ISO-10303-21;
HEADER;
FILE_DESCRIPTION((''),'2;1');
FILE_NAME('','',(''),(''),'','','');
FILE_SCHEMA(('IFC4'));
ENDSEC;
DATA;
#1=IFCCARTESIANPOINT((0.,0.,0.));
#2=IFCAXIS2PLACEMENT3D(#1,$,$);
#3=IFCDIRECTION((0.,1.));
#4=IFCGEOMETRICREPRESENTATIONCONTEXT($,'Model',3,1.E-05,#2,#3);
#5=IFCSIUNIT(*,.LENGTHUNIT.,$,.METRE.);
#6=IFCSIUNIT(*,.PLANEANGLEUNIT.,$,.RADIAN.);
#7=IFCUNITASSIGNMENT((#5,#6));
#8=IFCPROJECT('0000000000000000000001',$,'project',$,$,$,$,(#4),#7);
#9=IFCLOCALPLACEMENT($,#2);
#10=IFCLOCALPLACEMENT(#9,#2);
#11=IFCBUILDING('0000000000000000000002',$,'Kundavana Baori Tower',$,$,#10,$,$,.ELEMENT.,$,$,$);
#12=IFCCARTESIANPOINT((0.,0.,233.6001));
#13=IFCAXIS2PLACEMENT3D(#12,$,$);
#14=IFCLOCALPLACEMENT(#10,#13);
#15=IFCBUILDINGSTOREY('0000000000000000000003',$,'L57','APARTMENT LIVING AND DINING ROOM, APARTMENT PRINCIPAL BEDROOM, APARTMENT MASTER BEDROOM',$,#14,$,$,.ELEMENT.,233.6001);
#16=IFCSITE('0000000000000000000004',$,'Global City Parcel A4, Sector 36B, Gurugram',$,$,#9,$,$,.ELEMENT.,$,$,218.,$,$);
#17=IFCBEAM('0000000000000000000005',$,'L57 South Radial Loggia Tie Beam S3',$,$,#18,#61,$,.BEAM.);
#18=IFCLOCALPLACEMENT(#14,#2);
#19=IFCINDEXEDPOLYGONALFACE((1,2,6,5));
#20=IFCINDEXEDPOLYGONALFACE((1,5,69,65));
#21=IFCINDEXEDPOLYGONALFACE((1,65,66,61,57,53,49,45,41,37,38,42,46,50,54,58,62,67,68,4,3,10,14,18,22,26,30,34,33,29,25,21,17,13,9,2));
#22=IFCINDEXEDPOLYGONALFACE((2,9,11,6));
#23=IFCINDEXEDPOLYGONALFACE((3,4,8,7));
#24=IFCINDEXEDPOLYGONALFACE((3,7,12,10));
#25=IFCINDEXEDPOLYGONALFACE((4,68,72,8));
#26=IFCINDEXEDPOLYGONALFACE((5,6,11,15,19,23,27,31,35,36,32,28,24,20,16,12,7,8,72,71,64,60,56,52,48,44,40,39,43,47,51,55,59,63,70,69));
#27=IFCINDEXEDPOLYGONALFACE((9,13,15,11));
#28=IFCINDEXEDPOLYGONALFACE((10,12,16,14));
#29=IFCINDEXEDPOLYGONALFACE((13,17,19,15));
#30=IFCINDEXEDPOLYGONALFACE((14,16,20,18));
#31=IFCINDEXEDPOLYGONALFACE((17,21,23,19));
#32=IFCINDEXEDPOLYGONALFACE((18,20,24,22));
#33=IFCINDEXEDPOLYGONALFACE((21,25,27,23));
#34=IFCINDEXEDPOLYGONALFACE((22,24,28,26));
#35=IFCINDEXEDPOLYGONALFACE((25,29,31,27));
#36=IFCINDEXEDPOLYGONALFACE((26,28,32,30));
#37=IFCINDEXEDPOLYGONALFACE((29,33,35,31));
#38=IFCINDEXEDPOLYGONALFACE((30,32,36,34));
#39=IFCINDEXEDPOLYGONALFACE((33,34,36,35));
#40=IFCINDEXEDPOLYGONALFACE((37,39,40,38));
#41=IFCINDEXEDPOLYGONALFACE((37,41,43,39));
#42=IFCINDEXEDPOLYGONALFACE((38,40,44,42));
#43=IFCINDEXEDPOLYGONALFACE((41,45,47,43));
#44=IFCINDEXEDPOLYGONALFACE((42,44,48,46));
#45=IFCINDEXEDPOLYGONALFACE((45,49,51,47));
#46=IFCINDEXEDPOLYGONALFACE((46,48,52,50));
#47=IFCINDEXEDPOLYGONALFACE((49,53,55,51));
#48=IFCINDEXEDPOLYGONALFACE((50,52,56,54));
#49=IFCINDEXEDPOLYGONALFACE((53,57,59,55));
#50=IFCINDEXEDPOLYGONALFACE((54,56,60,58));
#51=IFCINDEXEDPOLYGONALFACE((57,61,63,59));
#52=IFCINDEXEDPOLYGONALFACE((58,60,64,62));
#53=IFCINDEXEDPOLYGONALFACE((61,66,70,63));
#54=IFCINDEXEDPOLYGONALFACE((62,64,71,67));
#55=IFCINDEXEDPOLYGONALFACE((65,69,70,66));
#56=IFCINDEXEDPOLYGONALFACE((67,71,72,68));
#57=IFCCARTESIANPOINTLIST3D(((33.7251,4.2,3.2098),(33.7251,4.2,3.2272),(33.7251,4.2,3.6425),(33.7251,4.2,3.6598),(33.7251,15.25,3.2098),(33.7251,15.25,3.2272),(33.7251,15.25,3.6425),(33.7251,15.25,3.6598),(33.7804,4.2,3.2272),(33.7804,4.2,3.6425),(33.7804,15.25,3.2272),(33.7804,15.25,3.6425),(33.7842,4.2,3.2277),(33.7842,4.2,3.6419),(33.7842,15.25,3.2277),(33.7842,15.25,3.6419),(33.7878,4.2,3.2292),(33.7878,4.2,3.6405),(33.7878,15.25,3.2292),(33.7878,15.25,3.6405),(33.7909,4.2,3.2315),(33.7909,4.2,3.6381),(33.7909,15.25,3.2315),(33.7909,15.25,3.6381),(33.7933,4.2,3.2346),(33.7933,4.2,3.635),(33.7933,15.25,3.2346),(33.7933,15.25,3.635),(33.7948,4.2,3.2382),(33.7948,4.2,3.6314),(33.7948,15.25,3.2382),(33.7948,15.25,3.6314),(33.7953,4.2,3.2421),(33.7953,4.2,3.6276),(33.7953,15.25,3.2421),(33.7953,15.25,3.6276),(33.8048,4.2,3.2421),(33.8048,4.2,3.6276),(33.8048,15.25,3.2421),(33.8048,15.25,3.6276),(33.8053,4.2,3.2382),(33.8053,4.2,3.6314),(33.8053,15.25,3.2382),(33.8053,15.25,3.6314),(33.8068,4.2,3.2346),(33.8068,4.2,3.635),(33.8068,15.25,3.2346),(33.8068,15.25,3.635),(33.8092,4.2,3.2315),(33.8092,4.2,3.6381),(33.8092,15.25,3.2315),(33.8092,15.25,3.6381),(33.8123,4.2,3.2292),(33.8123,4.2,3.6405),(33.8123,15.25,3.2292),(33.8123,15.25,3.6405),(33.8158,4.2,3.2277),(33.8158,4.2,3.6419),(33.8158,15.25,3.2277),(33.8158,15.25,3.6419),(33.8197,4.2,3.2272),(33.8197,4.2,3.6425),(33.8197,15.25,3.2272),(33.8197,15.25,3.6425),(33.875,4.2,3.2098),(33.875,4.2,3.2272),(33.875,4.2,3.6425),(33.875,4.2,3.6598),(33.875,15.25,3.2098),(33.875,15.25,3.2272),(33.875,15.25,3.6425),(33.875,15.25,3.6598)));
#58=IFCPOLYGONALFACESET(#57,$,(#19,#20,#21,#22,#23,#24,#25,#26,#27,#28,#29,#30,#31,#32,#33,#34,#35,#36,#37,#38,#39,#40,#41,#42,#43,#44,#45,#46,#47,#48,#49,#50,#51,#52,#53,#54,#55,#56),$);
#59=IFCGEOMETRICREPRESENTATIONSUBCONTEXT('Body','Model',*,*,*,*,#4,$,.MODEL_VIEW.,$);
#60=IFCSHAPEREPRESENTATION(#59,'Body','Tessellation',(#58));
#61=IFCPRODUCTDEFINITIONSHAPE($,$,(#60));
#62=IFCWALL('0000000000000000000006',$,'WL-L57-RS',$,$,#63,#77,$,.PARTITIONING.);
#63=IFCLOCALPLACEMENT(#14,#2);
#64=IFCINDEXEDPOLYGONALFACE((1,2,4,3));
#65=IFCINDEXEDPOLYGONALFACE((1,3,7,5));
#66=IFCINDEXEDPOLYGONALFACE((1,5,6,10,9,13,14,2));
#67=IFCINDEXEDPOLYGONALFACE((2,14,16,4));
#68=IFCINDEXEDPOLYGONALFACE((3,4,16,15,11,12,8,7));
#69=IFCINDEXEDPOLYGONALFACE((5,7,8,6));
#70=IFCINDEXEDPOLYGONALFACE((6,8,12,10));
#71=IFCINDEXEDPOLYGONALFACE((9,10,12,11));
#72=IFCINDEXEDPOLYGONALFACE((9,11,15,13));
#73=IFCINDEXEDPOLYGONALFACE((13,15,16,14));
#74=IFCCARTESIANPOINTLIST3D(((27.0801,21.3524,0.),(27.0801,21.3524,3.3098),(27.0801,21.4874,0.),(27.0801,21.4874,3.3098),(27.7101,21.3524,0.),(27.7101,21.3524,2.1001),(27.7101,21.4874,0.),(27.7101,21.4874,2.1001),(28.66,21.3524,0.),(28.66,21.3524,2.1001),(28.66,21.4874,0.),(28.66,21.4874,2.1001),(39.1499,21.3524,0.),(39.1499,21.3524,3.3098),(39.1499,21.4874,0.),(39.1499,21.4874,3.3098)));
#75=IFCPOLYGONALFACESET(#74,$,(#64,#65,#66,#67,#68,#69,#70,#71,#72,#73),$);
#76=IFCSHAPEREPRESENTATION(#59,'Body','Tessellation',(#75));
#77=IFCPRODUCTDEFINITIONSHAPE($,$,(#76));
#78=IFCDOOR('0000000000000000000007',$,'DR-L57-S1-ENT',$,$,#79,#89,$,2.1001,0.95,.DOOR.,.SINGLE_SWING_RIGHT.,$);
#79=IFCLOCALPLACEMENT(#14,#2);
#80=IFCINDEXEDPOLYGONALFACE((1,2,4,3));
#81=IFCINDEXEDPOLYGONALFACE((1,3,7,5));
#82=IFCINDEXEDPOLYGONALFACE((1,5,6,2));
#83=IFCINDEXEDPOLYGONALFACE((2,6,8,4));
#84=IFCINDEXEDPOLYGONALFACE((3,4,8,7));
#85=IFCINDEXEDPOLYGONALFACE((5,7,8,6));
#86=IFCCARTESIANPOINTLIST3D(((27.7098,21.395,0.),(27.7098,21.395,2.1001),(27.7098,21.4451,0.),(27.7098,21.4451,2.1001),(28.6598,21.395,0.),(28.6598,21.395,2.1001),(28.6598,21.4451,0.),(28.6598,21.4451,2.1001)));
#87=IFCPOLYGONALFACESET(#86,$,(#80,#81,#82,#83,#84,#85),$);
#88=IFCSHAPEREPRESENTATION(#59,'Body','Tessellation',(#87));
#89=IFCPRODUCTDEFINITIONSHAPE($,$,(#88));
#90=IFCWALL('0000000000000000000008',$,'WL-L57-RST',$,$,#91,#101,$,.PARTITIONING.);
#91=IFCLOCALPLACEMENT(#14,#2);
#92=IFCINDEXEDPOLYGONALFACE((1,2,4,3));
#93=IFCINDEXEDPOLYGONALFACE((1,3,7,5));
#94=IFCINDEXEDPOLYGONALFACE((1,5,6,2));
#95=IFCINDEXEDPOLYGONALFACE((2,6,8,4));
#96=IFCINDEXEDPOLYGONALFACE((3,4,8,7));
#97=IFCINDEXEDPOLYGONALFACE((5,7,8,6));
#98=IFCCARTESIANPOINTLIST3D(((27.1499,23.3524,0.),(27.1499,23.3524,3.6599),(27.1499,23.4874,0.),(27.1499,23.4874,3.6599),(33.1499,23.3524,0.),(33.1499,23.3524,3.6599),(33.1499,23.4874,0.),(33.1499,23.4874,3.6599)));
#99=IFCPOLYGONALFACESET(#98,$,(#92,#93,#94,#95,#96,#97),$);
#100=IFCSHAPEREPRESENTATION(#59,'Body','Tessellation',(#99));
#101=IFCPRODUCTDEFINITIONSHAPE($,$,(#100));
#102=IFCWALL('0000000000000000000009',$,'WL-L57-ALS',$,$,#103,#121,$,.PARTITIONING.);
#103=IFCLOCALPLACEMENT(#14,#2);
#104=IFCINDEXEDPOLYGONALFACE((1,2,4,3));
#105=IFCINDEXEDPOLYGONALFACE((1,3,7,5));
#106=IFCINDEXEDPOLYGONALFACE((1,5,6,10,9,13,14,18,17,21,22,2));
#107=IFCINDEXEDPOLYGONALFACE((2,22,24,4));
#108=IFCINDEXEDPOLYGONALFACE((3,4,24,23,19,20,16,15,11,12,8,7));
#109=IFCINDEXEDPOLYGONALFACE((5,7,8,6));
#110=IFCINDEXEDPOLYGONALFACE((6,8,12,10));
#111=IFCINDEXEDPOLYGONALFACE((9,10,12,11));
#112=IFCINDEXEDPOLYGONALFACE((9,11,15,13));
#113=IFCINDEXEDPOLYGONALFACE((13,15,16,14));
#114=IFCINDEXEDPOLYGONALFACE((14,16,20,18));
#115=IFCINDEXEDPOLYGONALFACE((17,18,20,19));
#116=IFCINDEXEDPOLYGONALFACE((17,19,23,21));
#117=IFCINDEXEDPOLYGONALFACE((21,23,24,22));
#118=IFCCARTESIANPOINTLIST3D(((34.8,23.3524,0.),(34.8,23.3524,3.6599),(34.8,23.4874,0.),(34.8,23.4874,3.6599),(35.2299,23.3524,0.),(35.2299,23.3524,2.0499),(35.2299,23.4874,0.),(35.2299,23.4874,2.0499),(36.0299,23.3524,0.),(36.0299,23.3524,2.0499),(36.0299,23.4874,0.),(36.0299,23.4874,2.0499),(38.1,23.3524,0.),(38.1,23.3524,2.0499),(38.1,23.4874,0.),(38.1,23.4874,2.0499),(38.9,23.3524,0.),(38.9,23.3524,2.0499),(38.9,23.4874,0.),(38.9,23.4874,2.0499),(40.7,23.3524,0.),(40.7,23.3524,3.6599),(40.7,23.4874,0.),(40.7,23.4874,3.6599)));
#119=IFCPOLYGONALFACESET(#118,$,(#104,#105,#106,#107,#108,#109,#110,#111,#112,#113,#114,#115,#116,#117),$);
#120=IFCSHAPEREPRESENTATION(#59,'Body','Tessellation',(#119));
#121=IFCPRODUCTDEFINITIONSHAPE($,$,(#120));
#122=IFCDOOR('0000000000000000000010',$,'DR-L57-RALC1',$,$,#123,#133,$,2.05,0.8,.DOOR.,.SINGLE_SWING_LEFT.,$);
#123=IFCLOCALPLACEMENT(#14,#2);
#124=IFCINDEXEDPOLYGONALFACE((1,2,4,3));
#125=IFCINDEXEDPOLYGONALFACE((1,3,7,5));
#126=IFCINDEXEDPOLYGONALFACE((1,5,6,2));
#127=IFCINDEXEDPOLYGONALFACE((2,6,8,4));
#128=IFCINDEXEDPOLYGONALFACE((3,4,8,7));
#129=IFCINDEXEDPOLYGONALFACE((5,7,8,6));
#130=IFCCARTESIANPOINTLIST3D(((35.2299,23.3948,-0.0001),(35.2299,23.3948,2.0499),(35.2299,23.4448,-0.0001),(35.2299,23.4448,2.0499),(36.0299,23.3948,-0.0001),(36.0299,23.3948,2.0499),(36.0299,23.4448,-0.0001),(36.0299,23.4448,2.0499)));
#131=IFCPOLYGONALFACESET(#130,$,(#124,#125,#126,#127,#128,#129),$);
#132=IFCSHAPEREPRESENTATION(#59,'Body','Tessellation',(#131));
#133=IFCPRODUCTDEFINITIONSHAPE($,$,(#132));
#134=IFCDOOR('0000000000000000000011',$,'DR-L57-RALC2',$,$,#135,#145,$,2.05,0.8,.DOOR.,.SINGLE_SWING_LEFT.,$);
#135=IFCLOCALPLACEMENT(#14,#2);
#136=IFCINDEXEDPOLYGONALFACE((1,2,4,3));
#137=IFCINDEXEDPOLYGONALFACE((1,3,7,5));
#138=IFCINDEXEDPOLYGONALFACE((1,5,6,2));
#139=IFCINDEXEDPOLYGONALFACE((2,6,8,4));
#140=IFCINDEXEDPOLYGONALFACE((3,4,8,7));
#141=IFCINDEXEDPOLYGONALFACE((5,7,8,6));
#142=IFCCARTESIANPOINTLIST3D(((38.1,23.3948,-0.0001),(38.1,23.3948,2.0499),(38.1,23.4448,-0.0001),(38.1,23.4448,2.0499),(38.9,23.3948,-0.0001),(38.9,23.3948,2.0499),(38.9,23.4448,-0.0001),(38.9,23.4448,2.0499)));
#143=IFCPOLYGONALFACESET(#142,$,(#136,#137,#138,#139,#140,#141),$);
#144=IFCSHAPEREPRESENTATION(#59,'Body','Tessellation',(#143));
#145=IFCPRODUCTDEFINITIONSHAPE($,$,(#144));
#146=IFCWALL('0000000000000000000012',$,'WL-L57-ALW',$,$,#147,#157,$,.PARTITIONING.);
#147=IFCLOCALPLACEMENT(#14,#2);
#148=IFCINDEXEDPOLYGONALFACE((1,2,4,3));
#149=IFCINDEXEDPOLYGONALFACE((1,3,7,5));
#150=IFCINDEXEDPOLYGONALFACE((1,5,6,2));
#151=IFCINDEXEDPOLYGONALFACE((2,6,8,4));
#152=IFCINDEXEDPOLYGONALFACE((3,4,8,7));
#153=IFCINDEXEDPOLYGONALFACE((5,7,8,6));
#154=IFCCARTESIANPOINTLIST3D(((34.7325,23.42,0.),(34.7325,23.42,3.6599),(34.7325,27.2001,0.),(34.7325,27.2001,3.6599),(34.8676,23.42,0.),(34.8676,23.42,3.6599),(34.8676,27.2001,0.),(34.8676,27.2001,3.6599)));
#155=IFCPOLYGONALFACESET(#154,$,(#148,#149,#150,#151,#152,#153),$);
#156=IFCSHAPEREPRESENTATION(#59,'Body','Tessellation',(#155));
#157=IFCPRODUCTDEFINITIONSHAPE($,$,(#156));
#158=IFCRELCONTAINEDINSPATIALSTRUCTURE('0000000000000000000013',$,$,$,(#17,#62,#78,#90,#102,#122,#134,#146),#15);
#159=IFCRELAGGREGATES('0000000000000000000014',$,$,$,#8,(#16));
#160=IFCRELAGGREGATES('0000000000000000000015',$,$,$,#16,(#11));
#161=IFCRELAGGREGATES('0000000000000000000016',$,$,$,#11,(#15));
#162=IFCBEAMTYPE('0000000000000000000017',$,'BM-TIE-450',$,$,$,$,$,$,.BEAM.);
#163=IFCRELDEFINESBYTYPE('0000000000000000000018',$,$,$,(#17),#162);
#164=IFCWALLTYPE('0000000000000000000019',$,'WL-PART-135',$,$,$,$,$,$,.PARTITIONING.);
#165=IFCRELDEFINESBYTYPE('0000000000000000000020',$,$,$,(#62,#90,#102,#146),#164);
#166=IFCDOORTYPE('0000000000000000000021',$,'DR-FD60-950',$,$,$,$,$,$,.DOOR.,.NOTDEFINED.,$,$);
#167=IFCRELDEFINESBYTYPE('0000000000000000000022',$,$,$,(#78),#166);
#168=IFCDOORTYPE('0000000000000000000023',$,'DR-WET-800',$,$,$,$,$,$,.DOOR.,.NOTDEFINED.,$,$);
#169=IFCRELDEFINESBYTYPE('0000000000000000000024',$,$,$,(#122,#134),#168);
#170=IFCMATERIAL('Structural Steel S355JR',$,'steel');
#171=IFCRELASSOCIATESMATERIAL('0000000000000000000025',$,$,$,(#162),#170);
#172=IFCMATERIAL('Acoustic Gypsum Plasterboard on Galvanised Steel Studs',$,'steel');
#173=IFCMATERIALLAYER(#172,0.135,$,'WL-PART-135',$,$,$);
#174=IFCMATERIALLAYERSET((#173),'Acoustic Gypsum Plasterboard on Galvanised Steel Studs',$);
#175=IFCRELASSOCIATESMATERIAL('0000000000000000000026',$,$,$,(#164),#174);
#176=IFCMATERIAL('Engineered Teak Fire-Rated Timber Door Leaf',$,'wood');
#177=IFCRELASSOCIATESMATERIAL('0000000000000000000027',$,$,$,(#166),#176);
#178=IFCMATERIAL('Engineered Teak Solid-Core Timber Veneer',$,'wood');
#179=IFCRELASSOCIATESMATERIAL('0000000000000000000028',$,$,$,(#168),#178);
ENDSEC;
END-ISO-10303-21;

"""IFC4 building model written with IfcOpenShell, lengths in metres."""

from ifc_helpers import new_model, si_unit, direction, frame, frame_2d, origin, origin_2d, place, context, subcontext, project, spatial, rectangle, i_section, extrude, material, layer, layer_set, material_profile, profile_set, type_object, element, fill, save


model = new_model("IFC4")

# Units and contexts
model_context = context("Model", 3, precision=1e-05, world=origin(), true_north=direction((0.0, 1.0)))
body_context = subcontext(model_context, "Body", "Model", "MODEL_VIEW")
ifc_project = project(units=[si_unit("LENGTHUNIT", "METRE"), si_unit("PLANEANGLEUNIT", "RADIAN")], contexts=[model_context])

# Site, building, storey
site_placement = place(None, origin())
site = spatial("IfcSite", under=ifc_project, at=site_placement, Name="Global City Parcel A4, Sector 36B, Gurugram", CompositionType="ELEMENT", RefElevation=218.0)
building_placement = place(site_placement, origin())
building = spatial("IfcBuilding", under=site, at=building_placement, Name="Kundavana Baori Tower", CompositionType="ELEMENT")
storey_placement = place(building_placement, frame((0.0, 0.0, 233.6001)))
storey = spatial("IfcBuildingStorey", under=building, at=storey_placement, Name="L57", Description="APARTMENT LIVING AND DINING ROOM, APARTMENT PRINCIPAL BEDROOM, APARTMENT MASTER BEDROOM", CompositionType="ELEMENT", Elevation=233.6001)

# Beam
ifc_material_1 = material(Name="Structural Steel S355JR", Category="steel")
ifc_material_profile_1 = material_profile(ifc_material_1, i_section(OverallWidth=0.1499, OverallDepth=0.45, WebThickness=0.0095, FlangeThickness=0.0173, FilletRadius=0.0149, at=origin_2d()), Name="ISMB 450")
ifc_profile_set_1 = profile_set([ifc_material_profile_1], Name="Structural Steel S355JR")
beam_type_1 = type_object("IfcBeamType", Name="BM-TIE-450", PredefinedType="BEAM", material=ifc_profile_set_1)
beam_1_placement = place(storey_placement, frame((33.8, 15.25, 3.4348), z_axis=(0.0, -1.0, 0.0), x_axis=(1.0, 0.0, 0.0)))
element("IfcBeam", 1, at=beam_1_placement, inside=storey, type_object=beam_type_1, Name="L57 South Radial Loggia Tie Beam S3", PredefinedType="BEAM", context=body_context, shape_type="SweptSolid", body=[
    extrude(i_section(OverallWidth=0.1499, OverallDepth=0.45, WebThickness=0.0095, FlangeThickness=0.0173, FilletRadius=0.0149, at=origin_2d()), origin(), (0.0, 0.0, 1.0), 11.05),
])

# Wall, opening, door
ifc_material_2 = material(Name="Acoustic Gypsum Plasterboard on Galvanised Steel Studs", Category="steel")
ifc_layer = layer(ifc_material_2, 0.135, Name="WL-PART-135")
ifc_layer_set = layer_set([ifc_layer], Name="Acoustic Gypsum Plasterboard on Galvanised Steel Studs")
wall_type = type_object("IfcWallType", Name="WL-PART-135", PredefinedType="PARTITIONING", material=ifc_layer_set)
wall_1_placement = place(storey_placement, frame((27.0801, 21.4199, 0.0), z_axis=(0.0, 0.0, 1.0), x_axis=(1.0, 0.0, 0.0)))
wall_1 = element("IfcWall", 2, at=wall_1_placement, inside=storey, type_object=wall_type, Name="WL-L57-RS", PredefinedType="PARTITIONING", context=body_context, shape_type="SweptSolid", body=[
    extrude(rectangle(XDim=12.0698, YDim=0.135, at=frame_2d((6.0349, 0.0))), origin(), (0.0, 0.0, 1.0), 3.3098),
])
opening_1_placement = place(wall_1_placement, frame((0.6299, 0.0, 0.0)))
opening_1 = element("IfcOpeningElement", 3, at=opening_1_placement, cuts=wall_1, PredefinedType="OPENING", context=body_context, shape_type="SweptSolid", body=[
    extrude(rectangle(XDim=0.95, YDim=2.1001, at=frame_2d((0.4751, 1.05))), frame((0.0, 0.0776, 0.0), z_axis=(0.0, -1.0, 0.0), x_axis=(1.0, 0.0, 0.0)), (0.0, 0.0, 1.0), 0.155),
])
ifc_material_3 = material(Name="Engineered Teak Fire-Rated Timber Door Leaf", Category="wood")
door_type_1 = type_object("IfcDoorType", Name="DR-FD60-950", OperationType="NOTDEFINED", PredefinedType="DOOR", material=ifc_material_3)
door_1_placement = place(opening_1_placement, frame((0.95, 0.0, 0.0), z_axis=(0.0, 0.0, 1.0), x_axis=(-1.0, 0.0, 0.0)))
door_1 = element("IfcDoor", 4, at=door_1_placement, inside=storey, type_object=door_type_1, Name="DR-L57-S1-ENT", OperationType="SINGLE_SWING_RIGHT", OverallHeight=2.1001, OverallWidth=0.95, PredefinedType="DOOR", context=body_context, shape_type="SweptSolid", body=[
    extrude(rectangle(XDim=0.95, YDim=2.1001, at=frame_2d((0.4751, 1.05))), frame((0.0, 0.0249, 0.0), z_axis=(0.0, -1.0, 0.0), x_axis=(1.0, 0.0, 0.0)), (0.0, 0.0, 1.0), 0.05),
])
fill(opening_1, door_1)

# Wall
wall_2_placement = place(storey_placement, frame((27.1499, 23.4199, 0.0), z_axis=(0.0, 0.0, 1.0), x_axis=(1.0, 0.0, 0.0)))
element("IfcWall", 5, at=wall_2_placement, inside=storey, type_object=wall_type, Name="WL-L57-RST", PredefinedType="PARTITIONING", context=body_context, shape_type="SweptSolid", body=[
    extrude(rectangle(XDim=6.0, YDim=0.135, at=frame_2d((3.0, 0.0))), origin(), (0.0, 0.0, 1.0), 3.6599),
])

# Wall, openings, doors
wall_3_placement = place(storey_placement, frame((34.8, 23.4199, 0.0), z_axis=(0.0, 0.0, 1.0), x_axis=(1.0, 0.0, 0.0)))
wall_3 = element("IfcWall", 6, at=wall_3_placement, inside=storey, type_object=wall_type, Name="WL-L57-ALS", PredefinedType="PARTITIONING", context=body_context, shape_type="SweptSolid", body=[
    extrude(rectangle(XDim=5.8999, YDim=0.135, at=frame_2d((2.95, 0.0))), origin(), (0.0, 0.0, 1.0), 3.6599),
])
opening_2_placement = place(wall_3_placement, frame((0.4299, 0.0, 0.0)))
opening_2 = element("IfcOpeningElement", 7, at=opening_2_placement, cuts=wall_3, PredefinedType="OPENING", context=body_context, shape_type="SweptSolid", body=[
    extrude(rectangle(XDim=0.8, YDim=2.05, at=frame_2d((0.3999, 1.0249))), frame((0.0, 0.0776, 0.0), z_axis=(0.0, -1.0, 0.0), x_axis=(1.0, 0.0, 0.0)), (0.0, 0.0, 1.0), 0.155),
])
opening_3_placement = place(wall_3_placement, frame((3.3, 0.0, 0.0)))
opening_3 = element("IfcOpeningElement", 8, at=opening_3_placement, cuts=wall_3, PredefinedType="OPENING", context=body_context, shape_type="SweptSolid", body=[
    extrude(rectangle(XDim=0.8, YDim=2.05, at=frame_2d((0.3999, 1.0249))), frame((0.0, 0.0776, 0.0), z_axis=(0.0, -1.0, 0.0), x_axis=(1.0, 0.0, 0.0)), (0.0, 0.0, 1.0), 0.155),
])
ifc_material_4 = material(Name="Engineered Teak Solid-Core Timber Veneer", Category="wood")
door_type_2 = type_object("IfcDoorType", Name="DR-WET-800", OperationType="NOTDEFINED", PredefinedType="DOOR", material=ifc_material_4)
door_2_placement = place(opening_2_placement, origin())
door_2 = element("IfcDoor", 9, at=door_2_placement, inside=storey, type_object=door_type_2, Name="DR-L57-RALC1", OperationType="SINGLE_SWING_LEFT", OverallHeight=2.05, OverallWidth=0.8, PredefinedType="DOOR", context=body_context, shape_type="SweptSolid", body=[
    extrude(rectangle(XDim=0.8, YDim=2.05, at=frame_2d((0.3999, 1.0249))), frame((0.0, 0.0249, 0.0), z_axis=(0.0, -1.0, 0.0), x_axis=(1.0, 0.0, 0.0)), (0.0, 0.0, 1.0), 0.05),
])
fill(opening_2, door_2)
door_3_placement = place(opening_3_placement, origin())
door_3 = element("IfcDoor", 10, at=door_3_placement, inside=storey, type_object=door_type_2, Name="DR-L57-RALC2", OperationType="SINGLE_SWING_LEFT", OverallHeight=2.05, OverallWidth=0.8, PredefinedType="DOOR", context=body_context, shape_type="SweptSolid", body=[
    extrude(rectangle(XDim=0.8, YDim=2.05, at=frame_2d((0.3999, 1.0249))), frame((0.0, 0.0249, 0.0), z_axis=(0.0, -1.0, 0.0), x_axis=(1.0, 0.0, 0.0)), (0.0, 0.0, 1.0), 0.05),
])
fill(opening_3, door_3)

# Wall
wall_4_placement = place(storey_placement, frame((34.8, 23.4199, 0.0), z_axis=(0.0, 0.0, 1.0), x_axis=(0.0, 1.0, 0.0)))
element("IfcWall", 11, at=wall_4_placement, inside=storey, type_object=wall_type, Name="WL-L57-ALW", PredefinedType="PARTITIONING", context=body_context, shape_type="SweptSolid", body=[
    extrude(rectangle(XDim=3.78, YDim=0.135, at=frame_2d((1.8901, 0.0))), origin(), (0.0, 0.0, 1.0), 3.6599),
])

save(model, "model.ifc")
